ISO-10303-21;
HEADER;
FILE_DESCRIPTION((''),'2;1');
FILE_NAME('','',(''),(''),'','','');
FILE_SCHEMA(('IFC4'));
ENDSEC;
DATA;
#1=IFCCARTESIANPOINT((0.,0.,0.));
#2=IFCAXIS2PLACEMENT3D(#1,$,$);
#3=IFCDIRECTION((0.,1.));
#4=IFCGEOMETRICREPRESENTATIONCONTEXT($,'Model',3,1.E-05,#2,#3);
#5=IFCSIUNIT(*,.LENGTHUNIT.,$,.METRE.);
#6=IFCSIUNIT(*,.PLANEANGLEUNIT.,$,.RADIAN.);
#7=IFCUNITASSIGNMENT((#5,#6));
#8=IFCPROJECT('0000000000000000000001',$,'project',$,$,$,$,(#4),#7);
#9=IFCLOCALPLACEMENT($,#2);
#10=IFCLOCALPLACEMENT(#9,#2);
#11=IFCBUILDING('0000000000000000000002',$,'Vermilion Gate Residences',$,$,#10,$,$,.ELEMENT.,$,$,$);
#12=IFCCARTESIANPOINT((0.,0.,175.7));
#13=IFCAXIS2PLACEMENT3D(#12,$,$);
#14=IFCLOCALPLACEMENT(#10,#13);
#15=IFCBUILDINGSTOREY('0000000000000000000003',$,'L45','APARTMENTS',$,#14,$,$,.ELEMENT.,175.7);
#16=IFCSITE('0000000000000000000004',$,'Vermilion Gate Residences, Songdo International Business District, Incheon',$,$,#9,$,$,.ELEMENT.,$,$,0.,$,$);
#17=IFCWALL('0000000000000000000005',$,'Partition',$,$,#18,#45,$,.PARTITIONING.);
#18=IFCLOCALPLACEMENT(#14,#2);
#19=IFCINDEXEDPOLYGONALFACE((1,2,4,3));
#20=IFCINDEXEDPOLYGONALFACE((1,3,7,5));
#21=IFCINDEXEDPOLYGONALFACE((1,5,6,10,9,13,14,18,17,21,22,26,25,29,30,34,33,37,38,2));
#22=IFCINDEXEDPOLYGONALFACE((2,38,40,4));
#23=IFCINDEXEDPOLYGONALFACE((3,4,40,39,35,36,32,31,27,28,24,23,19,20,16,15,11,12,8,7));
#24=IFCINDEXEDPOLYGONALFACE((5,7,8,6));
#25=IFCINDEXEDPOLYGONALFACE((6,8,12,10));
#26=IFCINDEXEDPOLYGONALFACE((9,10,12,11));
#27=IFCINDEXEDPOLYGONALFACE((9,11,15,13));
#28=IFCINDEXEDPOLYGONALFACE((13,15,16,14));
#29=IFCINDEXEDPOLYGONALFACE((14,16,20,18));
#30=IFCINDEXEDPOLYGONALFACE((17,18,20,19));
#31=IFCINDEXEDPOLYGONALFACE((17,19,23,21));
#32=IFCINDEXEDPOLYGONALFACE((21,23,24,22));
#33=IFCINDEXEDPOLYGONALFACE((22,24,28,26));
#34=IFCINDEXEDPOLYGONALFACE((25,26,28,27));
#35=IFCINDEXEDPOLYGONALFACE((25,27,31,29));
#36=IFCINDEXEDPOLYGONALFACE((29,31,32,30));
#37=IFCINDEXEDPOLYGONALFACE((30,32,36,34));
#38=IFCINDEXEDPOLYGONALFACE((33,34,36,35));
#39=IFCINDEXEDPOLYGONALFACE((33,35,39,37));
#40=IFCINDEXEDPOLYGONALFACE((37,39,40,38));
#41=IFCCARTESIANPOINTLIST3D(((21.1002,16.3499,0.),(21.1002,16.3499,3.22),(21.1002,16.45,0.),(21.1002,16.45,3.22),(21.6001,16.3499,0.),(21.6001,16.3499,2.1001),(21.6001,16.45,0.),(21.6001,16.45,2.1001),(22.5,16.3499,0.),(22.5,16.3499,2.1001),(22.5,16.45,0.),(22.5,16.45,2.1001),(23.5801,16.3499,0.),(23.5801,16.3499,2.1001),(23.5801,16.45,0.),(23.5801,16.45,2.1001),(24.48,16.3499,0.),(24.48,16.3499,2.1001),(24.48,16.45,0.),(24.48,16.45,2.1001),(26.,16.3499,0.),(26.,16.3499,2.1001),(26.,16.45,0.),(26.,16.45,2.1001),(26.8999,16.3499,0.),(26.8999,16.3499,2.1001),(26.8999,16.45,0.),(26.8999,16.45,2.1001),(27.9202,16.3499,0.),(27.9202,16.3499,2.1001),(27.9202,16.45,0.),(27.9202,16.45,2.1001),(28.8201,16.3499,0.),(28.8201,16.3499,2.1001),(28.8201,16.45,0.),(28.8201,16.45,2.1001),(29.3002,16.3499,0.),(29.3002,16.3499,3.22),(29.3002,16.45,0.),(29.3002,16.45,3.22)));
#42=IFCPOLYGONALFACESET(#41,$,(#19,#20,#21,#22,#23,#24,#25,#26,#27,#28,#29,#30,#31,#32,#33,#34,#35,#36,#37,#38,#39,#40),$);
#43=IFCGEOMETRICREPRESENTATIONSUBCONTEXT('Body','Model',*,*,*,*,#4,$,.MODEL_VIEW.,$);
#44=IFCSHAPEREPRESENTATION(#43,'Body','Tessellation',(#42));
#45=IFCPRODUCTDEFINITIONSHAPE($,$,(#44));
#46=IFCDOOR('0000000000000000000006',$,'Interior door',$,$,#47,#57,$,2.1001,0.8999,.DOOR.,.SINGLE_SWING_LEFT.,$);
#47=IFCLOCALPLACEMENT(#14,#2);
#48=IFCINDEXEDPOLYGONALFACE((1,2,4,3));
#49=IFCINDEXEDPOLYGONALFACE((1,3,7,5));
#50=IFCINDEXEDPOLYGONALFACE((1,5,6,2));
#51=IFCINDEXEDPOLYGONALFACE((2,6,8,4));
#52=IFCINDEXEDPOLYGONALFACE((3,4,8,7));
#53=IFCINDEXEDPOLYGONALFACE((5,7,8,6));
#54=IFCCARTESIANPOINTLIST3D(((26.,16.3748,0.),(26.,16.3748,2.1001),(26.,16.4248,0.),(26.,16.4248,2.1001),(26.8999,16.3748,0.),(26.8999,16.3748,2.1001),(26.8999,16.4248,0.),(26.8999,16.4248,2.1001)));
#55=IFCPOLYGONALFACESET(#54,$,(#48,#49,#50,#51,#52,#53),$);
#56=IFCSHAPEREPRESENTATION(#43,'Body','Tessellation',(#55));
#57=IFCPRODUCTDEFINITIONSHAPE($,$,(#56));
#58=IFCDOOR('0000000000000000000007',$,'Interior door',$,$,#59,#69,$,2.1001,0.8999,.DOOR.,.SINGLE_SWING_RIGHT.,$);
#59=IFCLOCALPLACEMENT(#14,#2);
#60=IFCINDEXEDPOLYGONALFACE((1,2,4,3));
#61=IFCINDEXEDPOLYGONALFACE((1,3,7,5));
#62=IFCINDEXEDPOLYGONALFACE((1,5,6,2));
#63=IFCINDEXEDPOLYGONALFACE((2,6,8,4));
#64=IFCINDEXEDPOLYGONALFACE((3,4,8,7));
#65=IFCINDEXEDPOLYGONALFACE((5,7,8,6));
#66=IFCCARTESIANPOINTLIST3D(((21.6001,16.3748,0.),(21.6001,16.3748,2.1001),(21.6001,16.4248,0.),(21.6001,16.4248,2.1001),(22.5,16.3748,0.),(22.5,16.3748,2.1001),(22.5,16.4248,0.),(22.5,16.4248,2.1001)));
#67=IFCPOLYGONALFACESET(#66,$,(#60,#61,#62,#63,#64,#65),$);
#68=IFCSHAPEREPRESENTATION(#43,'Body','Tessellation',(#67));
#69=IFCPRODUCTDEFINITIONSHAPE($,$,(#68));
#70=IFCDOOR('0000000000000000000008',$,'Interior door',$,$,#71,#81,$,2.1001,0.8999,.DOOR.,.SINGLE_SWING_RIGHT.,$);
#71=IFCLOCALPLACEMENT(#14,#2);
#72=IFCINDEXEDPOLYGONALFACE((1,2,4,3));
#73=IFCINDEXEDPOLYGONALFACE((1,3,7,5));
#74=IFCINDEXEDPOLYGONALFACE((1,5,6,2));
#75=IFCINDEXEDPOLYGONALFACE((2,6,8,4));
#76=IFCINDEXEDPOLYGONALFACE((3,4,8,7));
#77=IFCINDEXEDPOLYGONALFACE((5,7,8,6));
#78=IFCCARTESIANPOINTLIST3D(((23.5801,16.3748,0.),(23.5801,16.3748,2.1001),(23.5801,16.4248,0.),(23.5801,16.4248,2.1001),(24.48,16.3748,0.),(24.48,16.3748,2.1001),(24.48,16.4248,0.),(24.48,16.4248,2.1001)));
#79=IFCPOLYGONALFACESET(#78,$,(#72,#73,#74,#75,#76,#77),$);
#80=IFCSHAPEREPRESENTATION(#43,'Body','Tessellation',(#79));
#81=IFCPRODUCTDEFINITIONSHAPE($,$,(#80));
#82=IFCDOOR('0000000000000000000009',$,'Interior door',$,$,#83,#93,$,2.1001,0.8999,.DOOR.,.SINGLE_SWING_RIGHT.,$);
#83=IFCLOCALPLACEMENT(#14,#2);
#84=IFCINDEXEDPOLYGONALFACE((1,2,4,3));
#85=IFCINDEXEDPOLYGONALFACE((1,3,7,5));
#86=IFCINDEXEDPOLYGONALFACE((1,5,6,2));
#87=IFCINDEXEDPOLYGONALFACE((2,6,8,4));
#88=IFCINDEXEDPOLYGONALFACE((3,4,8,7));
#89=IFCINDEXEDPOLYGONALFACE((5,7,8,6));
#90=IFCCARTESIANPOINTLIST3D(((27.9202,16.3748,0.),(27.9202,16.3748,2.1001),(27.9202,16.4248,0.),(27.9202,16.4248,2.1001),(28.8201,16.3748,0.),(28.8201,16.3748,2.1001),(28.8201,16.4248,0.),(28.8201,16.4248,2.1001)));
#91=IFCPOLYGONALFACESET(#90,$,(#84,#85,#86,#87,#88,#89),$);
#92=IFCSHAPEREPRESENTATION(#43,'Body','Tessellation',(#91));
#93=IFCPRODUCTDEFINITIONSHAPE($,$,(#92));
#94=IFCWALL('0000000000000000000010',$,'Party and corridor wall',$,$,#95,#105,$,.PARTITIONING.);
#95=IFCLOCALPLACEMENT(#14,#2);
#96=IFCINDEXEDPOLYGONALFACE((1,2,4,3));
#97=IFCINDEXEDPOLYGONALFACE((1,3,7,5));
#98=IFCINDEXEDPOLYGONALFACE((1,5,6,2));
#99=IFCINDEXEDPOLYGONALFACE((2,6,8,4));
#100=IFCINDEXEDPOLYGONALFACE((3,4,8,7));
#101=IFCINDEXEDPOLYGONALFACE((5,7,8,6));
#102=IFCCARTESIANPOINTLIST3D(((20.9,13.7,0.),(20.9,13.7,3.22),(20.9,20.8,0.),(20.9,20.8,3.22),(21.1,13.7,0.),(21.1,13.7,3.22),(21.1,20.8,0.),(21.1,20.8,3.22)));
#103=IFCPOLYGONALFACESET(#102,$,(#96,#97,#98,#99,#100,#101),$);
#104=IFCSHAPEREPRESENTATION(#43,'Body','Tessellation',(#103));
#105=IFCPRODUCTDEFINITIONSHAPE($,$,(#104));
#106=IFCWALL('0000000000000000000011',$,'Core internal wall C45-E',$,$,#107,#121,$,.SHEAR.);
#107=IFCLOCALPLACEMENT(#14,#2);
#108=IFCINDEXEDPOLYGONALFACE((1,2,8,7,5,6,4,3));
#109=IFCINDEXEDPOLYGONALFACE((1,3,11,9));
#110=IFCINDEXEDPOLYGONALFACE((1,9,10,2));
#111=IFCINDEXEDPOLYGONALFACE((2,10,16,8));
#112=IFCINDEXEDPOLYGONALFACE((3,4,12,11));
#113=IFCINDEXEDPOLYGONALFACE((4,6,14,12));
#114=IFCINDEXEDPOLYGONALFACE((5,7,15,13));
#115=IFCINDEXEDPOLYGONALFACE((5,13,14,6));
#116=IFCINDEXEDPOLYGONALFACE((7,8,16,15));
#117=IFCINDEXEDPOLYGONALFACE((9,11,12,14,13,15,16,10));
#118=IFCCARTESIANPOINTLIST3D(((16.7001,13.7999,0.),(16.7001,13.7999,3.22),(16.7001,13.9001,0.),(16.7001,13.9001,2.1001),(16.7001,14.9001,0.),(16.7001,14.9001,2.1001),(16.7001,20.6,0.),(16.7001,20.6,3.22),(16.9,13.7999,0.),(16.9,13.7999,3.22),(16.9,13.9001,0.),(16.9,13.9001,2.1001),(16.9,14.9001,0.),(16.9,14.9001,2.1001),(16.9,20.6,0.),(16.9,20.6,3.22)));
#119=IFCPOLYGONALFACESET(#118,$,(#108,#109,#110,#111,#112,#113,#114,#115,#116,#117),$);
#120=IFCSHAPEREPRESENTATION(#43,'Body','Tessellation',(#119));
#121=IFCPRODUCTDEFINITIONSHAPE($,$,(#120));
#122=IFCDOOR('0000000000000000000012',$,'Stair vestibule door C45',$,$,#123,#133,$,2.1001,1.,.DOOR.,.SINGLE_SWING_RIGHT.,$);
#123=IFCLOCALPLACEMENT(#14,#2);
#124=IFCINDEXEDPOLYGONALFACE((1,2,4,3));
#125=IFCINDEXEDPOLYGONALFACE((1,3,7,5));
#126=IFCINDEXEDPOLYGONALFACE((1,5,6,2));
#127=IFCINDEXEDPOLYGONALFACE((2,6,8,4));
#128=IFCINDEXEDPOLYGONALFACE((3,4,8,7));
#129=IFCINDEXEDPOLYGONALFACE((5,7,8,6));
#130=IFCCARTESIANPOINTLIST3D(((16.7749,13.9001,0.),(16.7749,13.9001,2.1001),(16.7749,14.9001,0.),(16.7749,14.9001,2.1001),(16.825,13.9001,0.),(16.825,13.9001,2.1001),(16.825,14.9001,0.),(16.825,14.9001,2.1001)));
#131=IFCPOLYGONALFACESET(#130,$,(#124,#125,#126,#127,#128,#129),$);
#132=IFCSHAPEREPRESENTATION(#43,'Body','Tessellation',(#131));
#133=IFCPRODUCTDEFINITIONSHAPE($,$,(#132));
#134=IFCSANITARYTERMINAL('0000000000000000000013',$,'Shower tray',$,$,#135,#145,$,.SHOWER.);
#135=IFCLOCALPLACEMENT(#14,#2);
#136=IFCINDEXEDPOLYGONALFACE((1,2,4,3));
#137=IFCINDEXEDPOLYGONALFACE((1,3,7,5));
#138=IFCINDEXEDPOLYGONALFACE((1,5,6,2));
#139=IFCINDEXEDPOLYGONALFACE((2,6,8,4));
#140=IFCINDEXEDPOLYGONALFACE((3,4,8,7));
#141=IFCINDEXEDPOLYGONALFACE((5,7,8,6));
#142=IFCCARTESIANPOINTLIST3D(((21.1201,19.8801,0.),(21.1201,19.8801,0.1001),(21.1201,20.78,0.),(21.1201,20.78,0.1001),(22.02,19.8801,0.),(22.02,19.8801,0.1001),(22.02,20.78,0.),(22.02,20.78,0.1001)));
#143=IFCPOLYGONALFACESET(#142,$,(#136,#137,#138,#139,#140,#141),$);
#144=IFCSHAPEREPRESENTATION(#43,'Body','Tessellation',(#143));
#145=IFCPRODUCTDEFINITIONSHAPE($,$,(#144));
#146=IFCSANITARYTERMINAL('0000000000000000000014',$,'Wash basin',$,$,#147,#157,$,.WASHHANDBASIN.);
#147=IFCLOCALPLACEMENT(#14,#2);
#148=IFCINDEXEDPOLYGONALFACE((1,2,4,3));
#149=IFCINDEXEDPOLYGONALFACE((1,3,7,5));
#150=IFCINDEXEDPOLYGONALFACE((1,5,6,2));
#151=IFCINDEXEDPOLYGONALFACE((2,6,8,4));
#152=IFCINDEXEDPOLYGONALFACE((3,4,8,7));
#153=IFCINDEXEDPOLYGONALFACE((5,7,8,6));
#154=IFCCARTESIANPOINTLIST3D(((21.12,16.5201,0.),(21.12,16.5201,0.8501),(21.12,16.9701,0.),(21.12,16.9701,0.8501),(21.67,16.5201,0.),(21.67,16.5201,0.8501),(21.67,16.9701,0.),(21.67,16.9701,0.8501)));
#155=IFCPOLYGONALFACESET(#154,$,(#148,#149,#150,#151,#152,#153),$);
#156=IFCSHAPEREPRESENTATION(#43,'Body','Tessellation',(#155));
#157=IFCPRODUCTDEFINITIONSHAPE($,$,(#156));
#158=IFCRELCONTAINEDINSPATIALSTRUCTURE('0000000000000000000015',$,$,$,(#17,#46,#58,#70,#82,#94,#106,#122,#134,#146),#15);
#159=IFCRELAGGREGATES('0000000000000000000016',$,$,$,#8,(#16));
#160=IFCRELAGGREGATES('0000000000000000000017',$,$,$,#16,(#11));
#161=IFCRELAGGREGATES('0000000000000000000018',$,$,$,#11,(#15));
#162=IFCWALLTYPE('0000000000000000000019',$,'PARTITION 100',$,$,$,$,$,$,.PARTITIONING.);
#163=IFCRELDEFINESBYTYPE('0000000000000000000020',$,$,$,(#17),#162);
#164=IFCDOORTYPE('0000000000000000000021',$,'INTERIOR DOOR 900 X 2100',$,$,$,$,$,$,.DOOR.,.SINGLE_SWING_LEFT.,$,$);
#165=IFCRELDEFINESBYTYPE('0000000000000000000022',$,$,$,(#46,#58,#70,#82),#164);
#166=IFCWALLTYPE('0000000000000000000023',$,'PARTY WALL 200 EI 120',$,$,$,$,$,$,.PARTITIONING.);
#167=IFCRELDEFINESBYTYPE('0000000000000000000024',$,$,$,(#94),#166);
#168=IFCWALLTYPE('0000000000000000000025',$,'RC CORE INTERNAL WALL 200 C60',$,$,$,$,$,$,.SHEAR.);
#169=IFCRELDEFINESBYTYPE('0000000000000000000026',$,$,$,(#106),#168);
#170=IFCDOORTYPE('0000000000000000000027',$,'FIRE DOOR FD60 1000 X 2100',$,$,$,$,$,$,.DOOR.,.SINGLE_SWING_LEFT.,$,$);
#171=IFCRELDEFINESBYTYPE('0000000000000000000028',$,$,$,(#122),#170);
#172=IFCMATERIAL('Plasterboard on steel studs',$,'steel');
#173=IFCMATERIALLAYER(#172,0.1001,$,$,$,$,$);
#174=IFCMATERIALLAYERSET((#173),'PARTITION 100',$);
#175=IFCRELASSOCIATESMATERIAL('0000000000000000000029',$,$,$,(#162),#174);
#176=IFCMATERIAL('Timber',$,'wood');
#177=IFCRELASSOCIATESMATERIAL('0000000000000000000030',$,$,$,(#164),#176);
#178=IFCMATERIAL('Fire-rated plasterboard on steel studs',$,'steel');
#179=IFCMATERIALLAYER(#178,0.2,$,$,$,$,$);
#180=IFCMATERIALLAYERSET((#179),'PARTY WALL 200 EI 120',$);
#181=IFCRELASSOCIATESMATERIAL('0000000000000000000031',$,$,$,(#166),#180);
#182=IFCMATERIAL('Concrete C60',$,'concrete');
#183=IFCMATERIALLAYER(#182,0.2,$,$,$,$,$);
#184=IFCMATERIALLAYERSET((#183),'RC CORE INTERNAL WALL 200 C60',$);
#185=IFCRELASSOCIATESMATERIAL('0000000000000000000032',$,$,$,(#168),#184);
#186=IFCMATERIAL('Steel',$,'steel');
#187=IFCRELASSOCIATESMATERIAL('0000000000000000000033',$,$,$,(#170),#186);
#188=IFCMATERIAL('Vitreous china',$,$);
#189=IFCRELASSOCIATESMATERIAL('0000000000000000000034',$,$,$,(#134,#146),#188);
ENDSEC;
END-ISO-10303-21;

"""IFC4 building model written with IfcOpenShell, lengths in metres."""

from ifc_helpers import new_model, si_unit, direction, frame, frame_2d, origin, origin_2d, place, context, subcontext, project, spatial, rectangle, extrude, material, layer, layer_set, type_object, element, fill, save


model = new_model("IFC4")

# Units and contexts
model_context = context("Model", 3, precision=1e-05, world=origin(), true_north=direction((0.0, 1.0)))
body_context = subcontext(model_context, "Body", "Model", "MODEL_VIEW")
ifc_project = project(units=[si_unit("LENGTHUNIT", "METRE"), si_unit("PLANEANGLEUNIT", "RADIAN")], contexts=[model_context])

# Site, building, storey
site_placement = place(None, origin())
site = spatial("IfcSite", under=ifc_project, at=site_placement, Name="Vermilion Gate Residences, Songdo International Business District, Incheon", CompositionType="ELEMENT", RefElevation=0.0)
building_placement = place(site_placement, origin())
building = spatial("IfcBuilding", under=site, at=building_placement, Name="Vermilion Gate Residences", CompositionType="ELEMENT")
storey_placement = place(building_placement, frame((0.0, 0.0, 175.7)))
storey = spatial("IfcBuildingStorey", under=building, at=storey_placement, Name="L45", Description="APARTMENTS", CompositionType="ELEMENT", Elevation=175.7)

# Wall, openings, doors
ifc_material_1 = material(Name="Plasterboard on steel studs", Category="steel")
ifc_layer_1 = layer(ifc_material_1, 0.1001)
ifc_layer_set_1 = layer_set([ifc_layer_1], Name="PARTITION 100")
wall_type_1 = type_object("IfcWallType", Name="PARTITION 100", PredefinedType="PARTITIONING", material=ifc_layer_set_1)
ifc_material_2 = material(Name="Timber", Category="wood")
door_type_1 = type_object("IfcDoorType", Name="INTERIOR DOOR 900 X 2100", OperationType="SINGLE_SWING_LEFT", PredefinedType="DOOR", material=ifc_material_2)
wall_1_placement = place(storey_placement, frame((21.1001, 16.3999, 0.0), z_axis=(0.0, 0.0, 1.0), x_axis=(1.0, 0.0, 0.0)))
wall_1 = element("IfcWall", 1, at=wall_1_placement, inside=storey, type_object=wall_type_1, Name="Partition", PredefinedType="PARTITIONING", context=body_context, shape_type="SweptSolid", body=[
    extrude(rectangle(XDim=8.2, YDim=0.1001, at=frame_2d((4.1001, 0.0))), origin(), (0.0, 0.0, 1.0), 3.22),
])
opening_1_placement = place(wall_1_placement, frame((4.8999, 0.0, 0.0)))
opening_1 = element("IfcOpeningElement", 2, at=opening_1_placement, cuts=wall_1, PredefinedType="OPENING", context=body_context, shape_type="SweptSolid", body=[
    extrude(rectangle(XDim=0.8999, YDim=2.1001, at=frame_2d((0.45, 1.05))), frame((0.0, 0.0601, 0.0), z_axis=(0.0, -1.0, 0.0), x_axis=(1.0, 0.0, 0.0)), (0.0, 0.0, 1.0), 0.1201),
])
opening_2_placement = place(wall_1_placement, frame((0.5, 0.0, 0.0)))
opening_2 = element("IfcOpeningElement", 3, at=opening_2_placement, cuts=wall_1, PredefinedType="OPENING", context=body_context, shape_type="SweptSolid", body=[
    extrude(rectangle(XDim=0.8999, YDim=2.1001, at=frame_2d((0.45, 1.05))), frame((0.0, 0.0601, 0.0), z_axis=(0.0, -1.0, 0.0), x_axis=(1.0, 0.0, 0.0)), (0.0, 0.0, 1.0), 0.1201),
])
opening_3_placement = place(wall_1_placement, frame((2.48, 0.0, 0.0)))
opening_3 = element("IfcOpeningElement", 4, at=opening_3_placement, cuts=wall_1, PredefinedType="OPENING", context=body_context, shape_type="SweptSolid", body=[
    extrude(rectangle(XDim=0.8999, YDim=2.1001, at=frame_2d((0.45, 1.05))), frame((0.0, 0.0601, 0.0), z_axis=(0.0, -1.0, 0.0), x_axis=(1.0, 0.0, 0.0)), (0.0, 0.0, 1.0), 0.1201),
])
opening_4_placement = place(wall_1_placement, frame((6.8201, 0.0, 0.0)))
opening_4 = element("IfcOpeningElement", 5, at=opening_4_placement, cuts=wall_1, PredefinedType="OPENING", context=body_context, shape_type="SweptSolid", body=[
    extrude(rectangle(XDim=0.8999, YDim=2.1001, at=frame_2d((0.45, 1.05))), frame((0.0, 0.0601, 0.0), z_axis=(0.0, -1.0, 0.0), x_axis=(1.0, 0.0, 0.0)), (0.0, 0.0, 1.0), 0.1201),
])
door_1_placement = place(opening_1_placement, origin())
door_1 = element("IfcDoor", 6, at=door_1_placement, inside=storey, type_object=door_type_1, Name="Interior door", OperationType="SINGLE_SWING_LEFT", OverallHeight=2.1001, OverallWidth=0.8999, PredefinedType="DOOR", context=body_context, shape_type="SweptSolid", body=[
    extrude(rectangle(XDim=0.8999, YDim=2.1001, at=frame_2d((0.45, 1.05))), frame((0.0, 0.0249, 0.0), z_axis=(0.0, -1.0, 0.0), x_axis=(1.0, 0.0, 0.0)), (0.0, 0.0, 1.0), 0.05),
])
fill(opening_1, door_1)
door_2_placement = place(opening_2_placement, origin())
door_2 = element("IfcDoor", 7, at=door_2_placement, inside=storey, type_object=door_type_1, Name="Interior door", OperationType="SINGLE_SWING_RIGHT", OverallHeight=2.1001, OverallWidth=0.8999, PredefinedType="DOOR", context=body_context, shape_type="SweptSolid", body=[
    extrude(rectangle(XDim=0.8999, YDim=2.1001, at=frame_2d((0.45, 1.05))), frame((0.0, 0.0249, 0.0), z_axis=(0.0, -1.0, 0.0), x_axis=(1.0, 0.0, 0.0)), (0.0, 0.0, 1.0), 0.05),
])
fill(opening_2, door_2)
door_3_placement = place(opening_3_placement, origin())
door_3 = element("IfcDoor", 8, at=door_3_placement, inside=storey, type_object=door_type_1, Name="Interior door", OperationType="SINGLE_SWING_RIGHT", OverallHeight=2.1001, OverallWidth=0.8999, PredefinedType="DOOR", context=body_context, shape_type="SweptSolid", body=[
    extrude(rectangle(XDim=0.8999, YDim=2.1001, at=frame_2d((0.45, 1.05))), frame((0.0, 0.0249, 0.0), z_axis=(0.0, -1.0, 0.0), x_axis=(1.0, 0.0, 0.0)), (0.0, 0.0, 1.0), 0.05),
])
fill(opening_3, door_3)
door_4_placement = place(opening_4_placement, origin())
door_4 = element("IfcDoor", 9, at=door_4_placement, inside=storey, type_object=door_type_1, Name="Interior door", OperationType="SINGLE_SWING_RIGHT", OverallHeight=2.1001, OverallWidth=0.8999, PredefinedType="DOOR", context=body_context, shape_type="SweptSolid", body=[
    extrude(rectangle(XDim=0.8999, YDim=2.1001, at=frame_2d((0.45, 1.05))), frame((0.0, 0.0249, 0.0), z_axis=(0.0, -1.0, 0.0), x_axis=(1.0, 0.0, 0.0)), (0.0, 0.0, 1.0), 0.05),
])
fill(opening_4, door_4)

# Wall
ifc_material_3 = material(Name="Fire-rated plasterboard on steel studs", Category="steel")
ifc_layer_2 = layer(ifc_material_3, 0.2)
ifc_layer_set_2 = layer_set([ifc_layer_2], Name="PARTY WALL 200 EI 120")
wall_type_2 = type_object("IfcWallType", Name="PARTY WALL 200 EI 120", PredefinedType="PARTITIONING", material=ifc_layer_set_2)
wall_2_placement = place(storey_placement, frame((21.0, 13.7, 0.0), z_axis=(0.0, 0.0, 1.0), x_axis=(0.0, 1.0, 0.0)))
element("IfcWall", 10, at=wall_2_placement, inside=storey, type_object=wall_type_2, Name="Party and corridor wall", PredefinedType="PARTITIONING", context=body_context, shape_type="SweptSolid", body=[
    extrude(rectangle(XDim=7.1001, YDim=0.2, at=frame_2d((3.55, 0.0))), origin(), (0.0, 0.0, 1.0), 3.22),
])

# Wall, opening, door
ifc_material_4 = material(Name="Concrete C60", Category="concrete")
ifc_layer_3 = layer(ifc_material_4, 0.2)
ifc_layer_set_3 = layer_set([ifc_layer_3], Name="RC CORE INTERNAL WALL 200 C60")
wall_type_3 = type_object("IfcWallType", Name="RC CORE INTERNAL WALL 200 C60", PredefinedType="SHEAR", material=ifc_layer_set_3)
wall_3_placement = place(storey_placement, frame((16.8, 13.8, 0.0), z_axis=(0.0, 0.0, 1.0), x_axis=(0.0, 1.0, 0.0)))
wall_3 = element("IfcWall", 11, at=wall_3_placement, inside=storey, type_object=wall_type_3, Name="Core internal wall C45-E", PredefinedType="SHEAR", context=body_context, shape_type="SweptSolid", body=[
    extrude(rectangle(XDim=6.8, YDim=0.2, at=frame_2d((3.3999, 0.0))), origin(), (0.0, 0.0, 1.0), 3.22),
])
opening_5_placement = place(wall_3_placement, frame((0.1001, 0.0, 0.0)))
opening_5 = element("IfcOpeningElement", 12, at=opening_5_placement, cuts=wall_3, PredefinedType="OPENING", context=body_context, shape_type="SweptSolid", body=[
    extrude(rectangle(XDim=1.0, YDim=2.1001, at=frame_2d((0.5, 1.05))), frame((0.0, 0.1099, 0.0), z_axis=(0.0, -1.0, 0.0), x_axis=(1.0, 0.0, 0.0)), (0.0, 0.0, 1.0), 0.22),
])
ifc_material_5 = material(Name="Steel", Category="steel")
door_type_2 = type_object("IfcDoorType", Name="FIRE DOOR FD60 1000 X 2100", OperationType="SINGLE_SWING_LEFT", PredefinedType="DOOR", material=ifc_material_5)
door_5_placement = place(opening_5_placement, frame((1.0, 0.0, 0.0), z_axis=(0.0, 0.0, 1.0), x_axis=(-1.0, 0.0, 0.0)))
door_5 = element("IfcDoor", 13, at=door_5_placement, inside=storey, type_object=door_type_2, Name="Stair vestibule door C45", OperationType="SINGLE_SWING_RIGHT", OverallHeight=2.1001, OverallWidth=1.0, PredefinedType="DOOR", context=body_context, shape_type="SweptSolid", body=[
    extrude(rectangle(XDim=1.0, YDim=2.1001, at=frame_2d((0.5, 1.05))), frame((0.0, 0.0249, 0.0), z_axis=(0.0, -1.0, 0.0), x_axis=(1.0, 0.0, 0.0)), (0.0, 0.0, 1.0), 0.05),
])
fill(opening_5, door_5)

# Sanitary terminals
ifc_material_6 = material(Name="Vitreous china")
sanitary_terminal_1_placement = place(storey_placement, frame((21.5701, 20.3301, 0.0), z_axis=(0.0, 0.0, 1.0), x_axis=(1.0, 0.0, 0.0)))
element("IfcSanitaryTerminal", 14, at=sanitary_terminal_1_placement, inside=storey, material=ifc_material_6, Name="Shower tray", PredefinedType="SHOWER", context=body_context, shape_type="SweptSolid", body=[
    extrude(rectangle(XDim=0.8999, YDim=0.8999, at=origin_2d()), origin(), (0.0, 0.0, 1.0), 0.1001),
])
sanitary_terminal_2_placement = place(storey_placement, frame((21.395, 16.7451, 0.0), z_axis=(0.0, 0.0, 1.0), x_axis=(1.0, 0.0, 0.0)))
element("IfcSanitaryTerminal", 15, at=sanitary_terminal_2_placement, inside=storey, material=ifc_material_6, Name="Wash basin", PredefinedType="WASHHANDBASIN", context=body_context, shape_type="SweptSolid", body=[
    extrude(rectangle(XDim=0.55, YDim=0.45, at=origin_2d()), origin(), (0.0, 0.0, 1.0), 0.8501),
])

save(model, "model.ifc")
